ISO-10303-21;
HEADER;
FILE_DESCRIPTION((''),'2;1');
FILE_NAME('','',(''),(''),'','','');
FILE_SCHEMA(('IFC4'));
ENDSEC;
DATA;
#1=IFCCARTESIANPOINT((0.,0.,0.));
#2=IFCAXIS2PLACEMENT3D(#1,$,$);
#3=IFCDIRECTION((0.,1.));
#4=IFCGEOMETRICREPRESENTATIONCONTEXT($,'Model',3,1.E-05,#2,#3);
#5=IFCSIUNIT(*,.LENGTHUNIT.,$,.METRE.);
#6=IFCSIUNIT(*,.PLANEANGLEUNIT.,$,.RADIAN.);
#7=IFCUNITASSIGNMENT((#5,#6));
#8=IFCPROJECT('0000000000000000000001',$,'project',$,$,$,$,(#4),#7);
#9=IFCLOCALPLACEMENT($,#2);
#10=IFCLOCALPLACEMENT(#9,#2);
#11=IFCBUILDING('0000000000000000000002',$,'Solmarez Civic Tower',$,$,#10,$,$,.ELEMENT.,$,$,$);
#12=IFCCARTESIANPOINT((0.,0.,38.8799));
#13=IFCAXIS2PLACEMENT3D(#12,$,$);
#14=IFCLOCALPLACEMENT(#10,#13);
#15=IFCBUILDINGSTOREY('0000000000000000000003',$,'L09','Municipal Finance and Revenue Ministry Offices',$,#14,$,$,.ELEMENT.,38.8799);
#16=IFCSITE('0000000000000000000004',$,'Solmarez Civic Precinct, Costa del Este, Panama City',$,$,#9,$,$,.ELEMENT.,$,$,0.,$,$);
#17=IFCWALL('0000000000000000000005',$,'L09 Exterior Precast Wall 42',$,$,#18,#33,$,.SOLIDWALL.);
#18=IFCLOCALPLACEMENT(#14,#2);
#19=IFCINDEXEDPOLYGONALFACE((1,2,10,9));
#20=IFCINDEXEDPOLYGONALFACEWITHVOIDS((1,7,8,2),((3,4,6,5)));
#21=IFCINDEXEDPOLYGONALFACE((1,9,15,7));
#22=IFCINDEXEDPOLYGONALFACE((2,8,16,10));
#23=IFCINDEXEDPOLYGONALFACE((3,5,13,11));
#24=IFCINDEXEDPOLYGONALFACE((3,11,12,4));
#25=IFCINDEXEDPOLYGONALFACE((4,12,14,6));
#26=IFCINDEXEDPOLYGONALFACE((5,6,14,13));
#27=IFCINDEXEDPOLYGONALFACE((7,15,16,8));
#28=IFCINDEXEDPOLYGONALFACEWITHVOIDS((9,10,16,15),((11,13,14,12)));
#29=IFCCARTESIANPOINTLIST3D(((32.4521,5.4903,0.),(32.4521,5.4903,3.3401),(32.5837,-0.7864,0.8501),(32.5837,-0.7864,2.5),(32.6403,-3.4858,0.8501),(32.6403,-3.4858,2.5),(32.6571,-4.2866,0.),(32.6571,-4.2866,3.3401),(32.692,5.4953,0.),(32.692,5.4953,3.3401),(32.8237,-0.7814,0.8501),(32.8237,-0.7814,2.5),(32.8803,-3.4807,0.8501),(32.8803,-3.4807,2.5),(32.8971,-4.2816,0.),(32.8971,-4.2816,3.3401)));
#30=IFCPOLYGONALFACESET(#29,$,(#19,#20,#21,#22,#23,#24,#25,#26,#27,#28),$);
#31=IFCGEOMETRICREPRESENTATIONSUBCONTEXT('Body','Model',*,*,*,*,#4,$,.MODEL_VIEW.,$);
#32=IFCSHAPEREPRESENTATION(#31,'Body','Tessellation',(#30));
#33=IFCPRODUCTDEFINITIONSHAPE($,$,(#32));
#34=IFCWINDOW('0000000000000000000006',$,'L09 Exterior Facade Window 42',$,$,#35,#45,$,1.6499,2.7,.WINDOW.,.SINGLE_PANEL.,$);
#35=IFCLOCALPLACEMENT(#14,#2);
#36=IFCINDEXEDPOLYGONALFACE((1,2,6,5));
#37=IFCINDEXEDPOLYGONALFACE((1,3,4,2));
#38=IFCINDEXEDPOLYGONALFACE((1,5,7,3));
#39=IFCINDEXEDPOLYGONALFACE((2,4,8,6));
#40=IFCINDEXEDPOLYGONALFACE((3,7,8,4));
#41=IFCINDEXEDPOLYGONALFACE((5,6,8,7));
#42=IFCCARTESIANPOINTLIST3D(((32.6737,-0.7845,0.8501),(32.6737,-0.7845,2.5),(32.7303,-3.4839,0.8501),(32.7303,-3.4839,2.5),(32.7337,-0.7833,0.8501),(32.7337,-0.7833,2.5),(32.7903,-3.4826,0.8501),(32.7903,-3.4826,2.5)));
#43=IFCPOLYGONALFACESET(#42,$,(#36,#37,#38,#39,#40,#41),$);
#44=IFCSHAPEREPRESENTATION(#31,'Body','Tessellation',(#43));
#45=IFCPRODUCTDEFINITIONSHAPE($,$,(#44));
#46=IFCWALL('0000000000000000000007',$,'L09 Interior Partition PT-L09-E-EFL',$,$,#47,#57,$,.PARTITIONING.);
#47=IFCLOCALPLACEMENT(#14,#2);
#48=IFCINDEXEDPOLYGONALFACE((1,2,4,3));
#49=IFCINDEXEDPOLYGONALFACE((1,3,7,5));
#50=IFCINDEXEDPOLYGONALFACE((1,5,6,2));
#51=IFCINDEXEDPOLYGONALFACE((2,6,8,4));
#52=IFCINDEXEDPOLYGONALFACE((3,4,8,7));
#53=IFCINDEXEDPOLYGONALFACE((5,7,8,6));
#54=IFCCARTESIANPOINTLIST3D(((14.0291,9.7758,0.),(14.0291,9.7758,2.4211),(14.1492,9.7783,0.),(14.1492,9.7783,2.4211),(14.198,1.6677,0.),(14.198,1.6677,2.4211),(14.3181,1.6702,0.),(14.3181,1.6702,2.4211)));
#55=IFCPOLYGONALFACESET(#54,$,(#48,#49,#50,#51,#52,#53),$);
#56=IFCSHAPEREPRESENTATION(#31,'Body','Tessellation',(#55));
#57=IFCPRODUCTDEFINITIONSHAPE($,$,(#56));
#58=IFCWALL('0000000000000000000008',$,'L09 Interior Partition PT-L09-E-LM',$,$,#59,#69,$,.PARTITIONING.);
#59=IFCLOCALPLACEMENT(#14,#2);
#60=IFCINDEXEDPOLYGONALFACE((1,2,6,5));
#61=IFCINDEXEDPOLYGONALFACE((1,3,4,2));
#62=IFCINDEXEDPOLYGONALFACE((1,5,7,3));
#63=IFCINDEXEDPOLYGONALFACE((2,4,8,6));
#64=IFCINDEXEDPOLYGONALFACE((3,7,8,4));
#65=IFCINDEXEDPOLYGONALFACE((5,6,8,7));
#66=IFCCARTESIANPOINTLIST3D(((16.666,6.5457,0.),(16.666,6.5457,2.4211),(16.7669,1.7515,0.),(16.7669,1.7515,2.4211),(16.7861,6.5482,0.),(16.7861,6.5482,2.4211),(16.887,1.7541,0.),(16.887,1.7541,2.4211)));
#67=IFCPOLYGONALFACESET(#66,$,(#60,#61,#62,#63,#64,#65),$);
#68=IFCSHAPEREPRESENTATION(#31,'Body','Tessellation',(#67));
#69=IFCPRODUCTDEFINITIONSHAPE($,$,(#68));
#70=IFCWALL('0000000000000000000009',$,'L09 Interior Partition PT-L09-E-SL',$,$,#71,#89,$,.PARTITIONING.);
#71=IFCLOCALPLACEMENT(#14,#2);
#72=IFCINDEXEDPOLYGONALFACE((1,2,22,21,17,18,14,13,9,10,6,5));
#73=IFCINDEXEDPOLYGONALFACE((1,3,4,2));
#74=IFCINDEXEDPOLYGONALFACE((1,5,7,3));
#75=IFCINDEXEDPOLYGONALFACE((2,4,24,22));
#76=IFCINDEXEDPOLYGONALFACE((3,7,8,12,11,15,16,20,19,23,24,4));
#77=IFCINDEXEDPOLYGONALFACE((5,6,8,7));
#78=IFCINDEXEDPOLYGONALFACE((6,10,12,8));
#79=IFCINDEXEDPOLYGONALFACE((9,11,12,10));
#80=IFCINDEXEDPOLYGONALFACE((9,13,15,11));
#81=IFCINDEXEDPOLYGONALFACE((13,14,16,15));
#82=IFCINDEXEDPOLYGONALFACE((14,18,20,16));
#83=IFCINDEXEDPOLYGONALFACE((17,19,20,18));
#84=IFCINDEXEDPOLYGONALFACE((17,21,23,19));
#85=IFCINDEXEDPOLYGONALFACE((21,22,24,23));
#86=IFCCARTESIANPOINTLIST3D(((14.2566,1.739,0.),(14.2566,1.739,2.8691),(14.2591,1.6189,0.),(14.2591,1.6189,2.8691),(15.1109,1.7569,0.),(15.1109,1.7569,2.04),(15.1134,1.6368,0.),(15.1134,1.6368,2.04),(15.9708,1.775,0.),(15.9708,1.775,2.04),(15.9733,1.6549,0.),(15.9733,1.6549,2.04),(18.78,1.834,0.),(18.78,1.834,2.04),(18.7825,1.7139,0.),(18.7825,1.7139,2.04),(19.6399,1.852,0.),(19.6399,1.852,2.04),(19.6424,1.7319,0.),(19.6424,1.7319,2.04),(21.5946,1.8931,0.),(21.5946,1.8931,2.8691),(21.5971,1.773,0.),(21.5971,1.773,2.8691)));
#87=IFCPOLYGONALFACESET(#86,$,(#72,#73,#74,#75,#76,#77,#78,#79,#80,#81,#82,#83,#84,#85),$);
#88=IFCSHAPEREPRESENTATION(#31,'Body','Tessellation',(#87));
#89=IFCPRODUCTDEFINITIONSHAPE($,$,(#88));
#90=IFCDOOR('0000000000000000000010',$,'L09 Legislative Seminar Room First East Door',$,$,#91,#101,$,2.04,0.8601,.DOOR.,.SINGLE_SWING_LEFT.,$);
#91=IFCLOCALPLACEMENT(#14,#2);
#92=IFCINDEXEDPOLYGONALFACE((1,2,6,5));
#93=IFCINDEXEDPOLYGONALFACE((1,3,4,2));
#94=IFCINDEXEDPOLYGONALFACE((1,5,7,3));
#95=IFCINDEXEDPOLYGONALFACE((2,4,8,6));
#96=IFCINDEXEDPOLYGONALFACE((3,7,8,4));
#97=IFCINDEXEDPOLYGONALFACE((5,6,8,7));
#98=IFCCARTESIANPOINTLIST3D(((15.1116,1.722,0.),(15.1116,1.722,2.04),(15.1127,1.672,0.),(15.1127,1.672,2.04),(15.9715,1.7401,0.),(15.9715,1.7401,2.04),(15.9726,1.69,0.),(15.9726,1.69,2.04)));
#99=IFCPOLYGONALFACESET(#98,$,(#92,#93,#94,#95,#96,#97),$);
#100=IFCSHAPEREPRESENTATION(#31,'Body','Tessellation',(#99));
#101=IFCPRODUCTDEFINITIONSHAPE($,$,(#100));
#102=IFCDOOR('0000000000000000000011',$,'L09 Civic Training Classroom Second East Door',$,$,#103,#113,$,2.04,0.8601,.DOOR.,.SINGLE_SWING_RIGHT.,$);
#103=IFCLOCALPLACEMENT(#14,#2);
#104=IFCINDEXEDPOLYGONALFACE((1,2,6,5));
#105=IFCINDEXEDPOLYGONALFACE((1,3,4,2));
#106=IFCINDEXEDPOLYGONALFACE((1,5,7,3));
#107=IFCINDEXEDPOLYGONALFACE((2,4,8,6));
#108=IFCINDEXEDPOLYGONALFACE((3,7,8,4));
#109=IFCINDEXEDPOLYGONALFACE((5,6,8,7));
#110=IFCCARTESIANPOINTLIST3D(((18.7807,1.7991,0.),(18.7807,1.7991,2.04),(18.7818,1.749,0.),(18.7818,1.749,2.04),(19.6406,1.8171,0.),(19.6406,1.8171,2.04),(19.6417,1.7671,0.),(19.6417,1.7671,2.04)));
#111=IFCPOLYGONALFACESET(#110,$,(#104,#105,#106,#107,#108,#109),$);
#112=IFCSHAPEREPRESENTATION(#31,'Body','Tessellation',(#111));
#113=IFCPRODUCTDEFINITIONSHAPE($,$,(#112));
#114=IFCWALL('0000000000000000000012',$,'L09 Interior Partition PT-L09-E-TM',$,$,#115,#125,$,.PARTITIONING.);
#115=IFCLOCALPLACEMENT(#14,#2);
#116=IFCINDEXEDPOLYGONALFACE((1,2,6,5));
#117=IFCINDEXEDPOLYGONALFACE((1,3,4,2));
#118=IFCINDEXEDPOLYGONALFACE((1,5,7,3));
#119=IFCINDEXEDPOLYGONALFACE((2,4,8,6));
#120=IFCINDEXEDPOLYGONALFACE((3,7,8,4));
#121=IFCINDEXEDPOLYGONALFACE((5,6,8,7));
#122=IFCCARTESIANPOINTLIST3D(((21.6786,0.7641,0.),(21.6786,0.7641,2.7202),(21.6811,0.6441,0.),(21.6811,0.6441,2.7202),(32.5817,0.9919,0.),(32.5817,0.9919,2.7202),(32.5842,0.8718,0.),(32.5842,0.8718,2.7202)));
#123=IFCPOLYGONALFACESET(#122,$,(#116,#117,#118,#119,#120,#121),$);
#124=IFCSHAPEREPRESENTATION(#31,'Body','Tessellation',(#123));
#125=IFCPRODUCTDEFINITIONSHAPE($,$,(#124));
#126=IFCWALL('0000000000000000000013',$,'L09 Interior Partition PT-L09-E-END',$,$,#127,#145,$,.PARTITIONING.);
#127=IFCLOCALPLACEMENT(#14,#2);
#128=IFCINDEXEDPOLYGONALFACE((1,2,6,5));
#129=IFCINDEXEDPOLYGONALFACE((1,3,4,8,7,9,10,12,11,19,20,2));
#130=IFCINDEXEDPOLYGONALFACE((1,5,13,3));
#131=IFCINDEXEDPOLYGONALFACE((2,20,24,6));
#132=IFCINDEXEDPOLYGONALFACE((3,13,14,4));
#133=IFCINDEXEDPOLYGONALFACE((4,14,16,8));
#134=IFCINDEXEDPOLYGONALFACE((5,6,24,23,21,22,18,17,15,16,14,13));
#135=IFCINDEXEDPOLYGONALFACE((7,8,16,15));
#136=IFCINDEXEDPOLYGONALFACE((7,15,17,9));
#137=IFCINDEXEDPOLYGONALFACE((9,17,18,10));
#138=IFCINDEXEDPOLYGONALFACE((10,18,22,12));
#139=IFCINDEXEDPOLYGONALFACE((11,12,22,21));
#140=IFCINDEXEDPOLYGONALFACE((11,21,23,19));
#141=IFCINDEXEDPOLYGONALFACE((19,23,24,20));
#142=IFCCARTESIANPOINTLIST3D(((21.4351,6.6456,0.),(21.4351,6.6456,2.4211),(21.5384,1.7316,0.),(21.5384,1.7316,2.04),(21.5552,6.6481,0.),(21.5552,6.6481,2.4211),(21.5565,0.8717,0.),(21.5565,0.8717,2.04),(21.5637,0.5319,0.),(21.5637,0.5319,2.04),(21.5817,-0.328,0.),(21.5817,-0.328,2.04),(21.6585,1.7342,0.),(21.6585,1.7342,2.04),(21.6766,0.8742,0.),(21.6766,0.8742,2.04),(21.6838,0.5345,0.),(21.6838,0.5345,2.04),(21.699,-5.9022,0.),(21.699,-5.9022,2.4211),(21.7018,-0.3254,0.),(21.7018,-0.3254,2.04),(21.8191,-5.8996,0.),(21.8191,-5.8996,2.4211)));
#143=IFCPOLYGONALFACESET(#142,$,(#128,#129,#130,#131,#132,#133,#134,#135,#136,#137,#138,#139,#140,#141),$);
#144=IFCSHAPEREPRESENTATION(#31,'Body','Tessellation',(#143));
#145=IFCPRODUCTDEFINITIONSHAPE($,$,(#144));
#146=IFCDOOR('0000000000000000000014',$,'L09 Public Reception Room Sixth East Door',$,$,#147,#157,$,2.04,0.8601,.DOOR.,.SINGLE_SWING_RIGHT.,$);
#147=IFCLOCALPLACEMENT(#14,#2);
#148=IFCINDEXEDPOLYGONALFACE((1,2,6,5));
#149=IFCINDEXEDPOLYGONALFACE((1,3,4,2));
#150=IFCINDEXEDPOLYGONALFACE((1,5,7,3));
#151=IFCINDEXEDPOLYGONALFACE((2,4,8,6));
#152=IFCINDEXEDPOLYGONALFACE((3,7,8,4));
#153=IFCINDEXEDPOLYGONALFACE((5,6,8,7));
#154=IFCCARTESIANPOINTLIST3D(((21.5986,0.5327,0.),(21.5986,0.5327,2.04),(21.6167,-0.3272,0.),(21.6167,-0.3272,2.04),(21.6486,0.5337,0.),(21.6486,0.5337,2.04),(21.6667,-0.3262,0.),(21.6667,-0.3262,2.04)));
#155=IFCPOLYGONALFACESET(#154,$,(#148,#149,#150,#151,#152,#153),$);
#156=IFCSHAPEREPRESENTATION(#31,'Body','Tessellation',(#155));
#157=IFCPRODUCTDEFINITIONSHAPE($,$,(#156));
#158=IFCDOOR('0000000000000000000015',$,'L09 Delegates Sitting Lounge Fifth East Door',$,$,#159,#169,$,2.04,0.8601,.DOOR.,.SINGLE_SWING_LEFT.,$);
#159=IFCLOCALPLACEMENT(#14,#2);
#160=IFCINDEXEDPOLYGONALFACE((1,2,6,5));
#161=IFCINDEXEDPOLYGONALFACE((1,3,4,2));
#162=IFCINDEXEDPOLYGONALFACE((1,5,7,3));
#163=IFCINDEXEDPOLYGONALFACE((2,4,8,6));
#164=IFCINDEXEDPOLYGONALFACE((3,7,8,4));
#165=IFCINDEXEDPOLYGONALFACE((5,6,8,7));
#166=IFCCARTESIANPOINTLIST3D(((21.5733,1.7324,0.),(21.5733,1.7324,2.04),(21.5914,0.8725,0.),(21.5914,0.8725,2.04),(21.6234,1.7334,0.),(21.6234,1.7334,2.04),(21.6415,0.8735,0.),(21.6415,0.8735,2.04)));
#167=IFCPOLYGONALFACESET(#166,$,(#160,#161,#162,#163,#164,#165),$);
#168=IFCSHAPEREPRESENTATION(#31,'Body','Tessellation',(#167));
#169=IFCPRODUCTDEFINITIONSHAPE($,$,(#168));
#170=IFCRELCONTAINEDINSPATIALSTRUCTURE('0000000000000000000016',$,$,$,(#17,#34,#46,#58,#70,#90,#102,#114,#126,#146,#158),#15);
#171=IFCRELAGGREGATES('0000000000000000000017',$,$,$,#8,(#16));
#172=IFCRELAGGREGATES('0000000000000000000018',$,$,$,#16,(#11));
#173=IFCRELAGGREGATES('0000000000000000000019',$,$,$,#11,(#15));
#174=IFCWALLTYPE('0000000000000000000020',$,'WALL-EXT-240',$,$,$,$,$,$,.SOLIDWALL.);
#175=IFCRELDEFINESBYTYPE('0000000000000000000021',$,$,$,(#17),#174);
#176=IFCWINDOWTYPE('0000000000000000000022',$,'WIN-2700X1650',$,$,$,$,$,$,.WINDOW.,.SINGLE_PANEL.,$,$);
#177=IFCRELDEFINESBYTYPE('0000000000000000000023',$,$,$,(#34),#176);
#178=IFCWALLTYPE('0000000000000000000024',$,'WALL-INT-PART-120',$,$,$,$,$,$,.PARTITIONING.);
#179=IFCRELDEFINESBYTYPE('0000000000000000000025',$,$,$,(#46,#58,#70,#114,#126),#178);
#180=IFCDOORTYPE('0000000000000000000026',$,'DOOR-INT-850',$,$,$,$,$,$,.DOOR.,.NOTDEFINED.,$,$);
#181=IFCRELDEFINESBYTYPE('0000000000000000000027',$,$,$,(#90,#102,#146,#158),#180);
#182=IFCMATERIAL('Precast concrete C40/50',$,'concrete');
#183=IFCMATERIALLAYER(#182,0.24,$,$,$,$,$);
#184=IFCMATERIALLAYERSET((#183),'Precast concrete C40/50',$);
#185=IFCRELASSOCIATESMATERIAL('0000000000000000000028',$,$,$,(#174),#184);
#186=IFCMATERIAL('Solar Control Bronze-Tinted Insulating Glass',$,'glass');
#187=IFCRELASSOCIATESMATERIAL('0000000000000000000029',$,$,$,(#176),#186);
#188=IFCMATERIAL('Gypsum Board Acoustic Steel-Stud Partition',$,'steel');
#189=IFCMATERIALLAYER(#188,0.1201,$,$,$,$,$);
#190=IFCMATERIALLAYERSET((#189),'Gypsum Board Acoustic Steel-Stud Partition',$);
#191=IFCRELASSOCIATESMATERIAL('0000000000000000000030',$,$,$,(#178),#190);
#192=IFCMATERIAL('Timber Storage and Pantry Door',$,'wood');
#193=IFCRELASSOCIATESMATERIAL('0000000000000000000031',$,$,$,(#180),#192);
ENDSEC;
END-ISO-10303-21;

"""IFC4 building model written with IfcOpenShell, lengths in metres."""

from ifc_helpers import new_model, si_unit, direction, frame, frame_2d, origin, place, context, subcontext, project, spatial, rectangle, extrude, material, layer, layer_set, type_object, element, fill, save


model = new_model("IFC4")

# Units and contexts
model_context = context("Model", 3, precision=1e-05, world=origin(), true_north=direction((0.0, 1.0)))
body_context = subcontext(model_context, "Body", "Model", "MODEL_VIEW")
ifc_project = project(units=[si_unit("LENGTHUNIT", "METRE"), si_unit("PLANEANGLEUNIT", "RADIAN")], contexts=[model_context])

# Site, building, storey
site_placement = place(None, origin())
site = spatial("IfcSite", under=ifc_project, at=site_placement, Name="Solmarez Civic Precinct, Costa del Este, Panama City", CompositionType="ELEMENT", RefElevation=0.0)
building_placement = place(site_placement, origin())
building = spatial("IfcBuilding", under=site, at=building_placement, Name="Solmarez Civic Tower", CompositionType="ELEMENT")
storey_placement = place(building_placement, frame((0.0, 0.0, 38.8799)))
storey = spatial("IfcBuildingStorey", under=building, at=storey_placement, Name="L09", Description="Municipal Finance and Revenue Ministry Offices", CompositionType="ELEMENT", Elevation=38.8799)

# Shared definitions
ifc_material_1 = material(Name="Precast concrete C40/50", Category="concrete")
ifc_layer_1 = layer(ifc_material_1, 0.24)
ifc_layer_set_1 = layer_set([ifc_layer_1], Name="Precast concrete C40/50")
wall_type_1 = type_object("IfcWallType", Name="WALL-EXT-240", PredefinedType="SOLIDWALL", material=ifc_layer_set_1)

# Wall, opening, window
wall_1_placement = place(storey_placement, frame((32.572, 5.4929, 0.0), z_axis=(0.0, 0.0, 1.0), x_axis=(0.020971, -0.99978, 0.0)))
wall_1 = element("IfcWall", 1, at=wall_1_placement, inside=storey, type_object=wall_type_1, Name="L09 Exterior Precast Wall 42", PredefinedType="SOLIDWALL", context=body_context, shape_type="SweptSolid", body=[
    extrude(rectangle(XDim=9.7791, YDim=0.24, at=frame_2d((4.8896, 0.0))), origin(), (0.0, 0.0, 1.0), 3.3401),
])
opening_1_placement = place(wall_1_placement, frame((6.2781, 0.0, 0.8501)))
opening_1 = element("IfcOpeningElement", 2, at=opening_1_placement, cuts=wall_1, PredefinedType="OPENING", context=body_context, shape_type="SweptSolid", body=[
    extrude(rectangle(XDim=2.7, YDim=1.6499, at=frame_2d((1.3501, 0.825))), frame((0.0, 0.1299, 0.0), z_axis=(0.0, -1.0, 0.0), x_axis=(1.0, 0.0, 0.0)), (0.0, 0.0, 1.0), 0.26),
])
ifc_material_2 = material(Name="Solar Control Bronze-Tinted Insulating Glass", Category="glass")
window_type = type_object("IfcWindowType", Name="WIN-2700X1650", PartitioningType="SINGLE_PANEL", PredefinedType="WINDOW", material=ifc_material_2)
window_placement = place(opening_1_placement, origin())
window = element("IfcWindow", 3, at=window_placement, inside=storey, type_object=window_type, Name="L09 Exterior Facade Window 42", OverallHeight=1.6499, OverallWidth=2.7, PartitioningType="SINGLE_PANEL", PredefinedType="WINDOW", context=body_context, shape_type="SweptSolid", body=[
    extrude(rectangle(XDim=2.7, YDim=1.6499, at=frame_2d((1.3501, 0.825))), frame((0.0, 0.03, 0.0), z_axis=(0.0, -1.0, 0.0), x_axis=(1.0, 0.0, 0.0)), (0.0, 0.0, 1.0), 0.0601),
])
fill(opening_1, window)

# Walls
ifc_material_3 = material(Name="Gypsum Board Acoustic Steel-Stud Partition", Category="steel")
ifc_layer_2 = layer(ifc_material_3, 0.1201)
ifc_layer_set_2 = layer_set([ifc_layer_2], Name="Gypsum Board Acoustic Steel-Stud Partition")
wall_type_2 = type_object("IfcWallType", Name="WALL-INT-PART-120", PredefinedType="PARTITIONING", material=ifc_layer_set_2)
wall_2_placement = place(storey_placement, frame((14.2581, 1.6689, 0.0), z_axis=(0.0, 0.0, 1.0), x_axis=(-0.020832, 0.999783, 0.0)))
element("IfcWall", 4, at=wall_2_placement, inside=storey, type_object=wall_type_2, Name="L09 Interior Partition PT-L09-E-EFL", PredefinedType="PARTITIONING", context=body_context, shape_type="SweptSolid", body=[
    extrude(rectangle(XDim=8.1099, YDim=0.1201, at=frame_2d((4.0549, 0.0))), origin(), (0.0, 0.0, 1.0), 2.4211),
])
wall_3_placement = place(storey_placement, frame((16.8269, 1.7529, 0.0), z_axis=(0.0, 0.0, 1.0), x_axis=(-0.021027, 0.999779, 0.0)))
element("IfcWall", 5, at=wall_3_placement, inside=storey, type_object=wall_type_2, Name="L09 Interior Partition PT-L09-E-LM", PredefinedType="PARTITIONING", context=body_context, shape_type="SweptSolid", body=[
    extrude(rectangle(XDim=4.7952, YDim=0.1201, at=frame_2d((2.3975, 0.0))), origin(), (0.0, 0.0, 1.0), 2.4211),
])

# Wall, openings, doors
wall_4_placement = place(storey_placement, frame((21.5959, 1.833, 0.0), z_axis=(0.0, 0.0, 1.0), x_axis=(-0.99978, -0.02099, 0.0)))
wall_4 = element("IfcWall", 6, at=wall_4_placement, inside=storey, type_object=wall_type_2, Name="L09 Interior Partition PT-L09-E-SL", PredefinedType="PARTITIONING", context=body_context, shape_type="SweptSolid", body=[
    extrude(rectangle(XDim=7.3396, YDim=0.1201, at=frame_2d((3.6699, 0.0))), origin(), (0.0, 0.0, 1.0), 2.8691),
])
opening_2_placement = place(wall_4_placement, frame((5.625, 0.0, 0.0)))
opening_2 = element("IfcOpeningElement", 7, at=opening_2_placement, cuts=wall_4, PredefinedType="OPENING", context=body_context, shape_type="SweptSolid", body=[
    extrude(rectangle(XDim=0.8601, YDim=2.04, at=frame_2d((0.4302, 1.02))), frame((0.0, 0.0701, 0.0), z_axis=(0.0, -1.0, 0.0), x_axis=(1.0, 0.0, 0.0)), (0.0, 0.0, 1.0), 0.1401),
])
opening_3_placement = place(wall_4_placement, frame((1.9551, 0.0, 0.0)))
opening_3 = element("IfcOpeningElement", 8, at=opening_3_placement, cuts=wall_4, PredefinedType="OPENING", context=body_context, shape_type="SweptSolid", body=[
    extrude(rectangle(XDim=0.8601, YDim=2.04, at=frame_2d((0.4302, 1.02))), frame((0.0, 0.0701, 0.0), z_axis=(0.0, -1.0, 0.0), x_axis=(1.0, 0.0, 0.0)), (0.0, 0.0, 1.0), 0.1401),
])
ifc_material_4 = material(Name="Timber Storage and Pantry Door", Category="wood")
door_type_1 = type_object("IfcDoorType", Name="DOOR-INT-850", OperationType="NOTDEFINED", PredefinedType="DOOR", material=ifc_material_4)
door_1_placement = place(opening_2_placement, origin())
door_1 = element("IfcDoor", 9, at=door_1_placement, inside=storey, type_object=door_type_1, Name="L09 Legislative Seminar Room First East Door", OperationType="SINGLE_SWING_LEFT", OverallHeight=2.04, OverallWidth=0.8601, PredefinedType="DOOR", context=body_context, shape_type="SweptSolid", body=[
    extrude(rectangle(XDim=0.8601, YDim=2.04, at=frame_2d((0.4302, 1.02))), frame((0.0, 0.0249, 0.0), z_axis=(0.0, -1.0, 0.0), x_axis=(1.0, 0.0, 0.0)), (0.0, 0.0, 1.0), 0.05),
])
fill(opening_2, door_1)
door_2_placement = place(opening_3_placement, origin())
door_2 = element("IfcDoor", 10, at=door_2_placement, inside=storey, type_object=door_type_1, Name="L09 Civic Training Classroom Second East Door", OperationType="SINGLE_SWING_RIGHT", OverallHeight=2.04, OverallWidth=0.8601, PredefinedType="DOOR", context=body_context, shape_type="SweptSolid", body=[
    extrude(rectangle(XDim=0.8601, YDim=2.04, at=frame_2d((0.4302, 1.02))), frame((0.0, 0.0249, 0.0), z_axis=(0.0, -1.0, 0.0), x_axis=(1.0, 0.0, 0.0)), (0.0, 0.0, 1.0), 0.05),
])
fill(opening_3, door_2)

# Wall
wall_5_placement = place(storey_placement, frame((21.6799, 0.7041, 0.0), z_axis=(0.0, 0.0, 1.0), x_axis=(0.999782, 0.020887, 0.0)))
element("IfcWall", 11, at=wall_5_placement, inside=storey, type_object=wall_type_2, Name="L09 Interior Partition PT-L09-E-TM", PredefinedType="PARTITIONING", context=body_context, shape_type="SweptSolid", body=[
    extrude(rectangle(XDim=10.9055, YDim=0.1201, at=frame_2d((5.4526, 0.0))), origin(), (0.0, 0.0, 1.0), 2.7202),
])

# Wall, openings, doors
wall_6_placement = place(storey_placement, frame((21.4951, 6.647, 0.0), z_axis=(0.0, 0.0, 1.0), x_axis=(0.021028, -0.999779, 0.0)))
wall_6 = element("IfcWall", 12, at=wall_6_placement, inside=storey, type_object=wall_type_2, Name="L09 Interior Partition PT-L09-E-END", PredefinedType="PARTITIONING", context=body_context, shape_type="SweptSolid", body=[
    extrude(rectangle(XDim=12.5505, YDim=0.1201, at=frame_2d((6.2754, 0.0))), origin(), (0.0, 0.0, 1.0), 2.4211),
])
opening_4_placement = place(wall_6_placement, frame((6.115, 0.0, 0.0)))
opening_4 = element("IfcOpeningElement", 13, at=opening_4_placement, cuts=wall_6, PredefinedType="OPENING", context=body_context, shape_type="SweptSolid", body=[
    extrude(rectangle(XDim=0.8601, YDim=2.04, at=frame_2d((0.4302, 1.02))), frame((0.0, 0.0701, 0.0), z_axis=(0.0, -1.0, 0.0), x_axis=(1.0, 0.0, 0.0)), (0.0, 0.0, 1.0), 0.1401),
])
opening_5_placement = place(wall_6_placement, frame((4.915, 0.0, 0.0)))
opening_5 = element("IfcOpeningElement", 14, at=opening_5_placement, cuts=wall_6, PredefinedType="OPENING", context=body_context, shape_type="SweptSolid", body=[
    extrude(rectangle(XDim=0.8601, YDim=2.04, at=frame_2d((0.4302, 1.02))), frame((0.0, 0.0701, 0.0), z_axis=(0.0, -1.0, 0.0), x_axis=(1.0, 0.0, 0.0)), (0.0, 0.0, 1.0), 0.1401),
])
door_3_placement = place(opening_4_placement, origin())
door_3 = element("IfcDoor", 15, at=door_3_placement, inside=storey, type_object=door_type_1, Name="L09 Public Reception Room Sixth East Door", OperationType="SINGLE_SWING_RIGHT", OverallHeight=2.04, OverallWidth=0.8601, PredefinedType="DOOR", context=body_context, shape_type="SweptSolid", body=[
    extrude(rectangle(XDim=0.8601, YDim=2.04, at=frame_2d((0.4302, 1.02))), frame((0.0, 0.0249, 0.0), z_axis=(0.0, -1.0, 0.0), x_axis=(1.0, 0.0, 0.0)), (0.0, 0.0, 1.0), 0.05),
])
fill(opening_4, door_3)
door_4_placement = place(opening_5_placement, origin())
door_4 = element("IfcDoor", 16, at=door_4_placement, inside=storey, type_object=door_type_1, Name="L09 Delegates Sitting Lounge Fifth East Door", OperationType="SINGLE_SWING_LEFT", OverallHeight=2.04, OverallWidth=0.8601, PredefinedType="DOOR", context=body_context, shape_type="SweptSolid", body=[
    extrude(rectangle(XDim=0.8601, YDim=2.04, at=frame_2d((0.4302, 1.02))), frame((0.0, 0.0249, 0.0), z_axis=(0.0, -1.0, 0.0), x_axis=(1.0, 0.0, 0.0)), (0.0, 0.0, 1.0), 0.05),
])
fill(opening_5, door_4)

save(model, "model.ifc")
